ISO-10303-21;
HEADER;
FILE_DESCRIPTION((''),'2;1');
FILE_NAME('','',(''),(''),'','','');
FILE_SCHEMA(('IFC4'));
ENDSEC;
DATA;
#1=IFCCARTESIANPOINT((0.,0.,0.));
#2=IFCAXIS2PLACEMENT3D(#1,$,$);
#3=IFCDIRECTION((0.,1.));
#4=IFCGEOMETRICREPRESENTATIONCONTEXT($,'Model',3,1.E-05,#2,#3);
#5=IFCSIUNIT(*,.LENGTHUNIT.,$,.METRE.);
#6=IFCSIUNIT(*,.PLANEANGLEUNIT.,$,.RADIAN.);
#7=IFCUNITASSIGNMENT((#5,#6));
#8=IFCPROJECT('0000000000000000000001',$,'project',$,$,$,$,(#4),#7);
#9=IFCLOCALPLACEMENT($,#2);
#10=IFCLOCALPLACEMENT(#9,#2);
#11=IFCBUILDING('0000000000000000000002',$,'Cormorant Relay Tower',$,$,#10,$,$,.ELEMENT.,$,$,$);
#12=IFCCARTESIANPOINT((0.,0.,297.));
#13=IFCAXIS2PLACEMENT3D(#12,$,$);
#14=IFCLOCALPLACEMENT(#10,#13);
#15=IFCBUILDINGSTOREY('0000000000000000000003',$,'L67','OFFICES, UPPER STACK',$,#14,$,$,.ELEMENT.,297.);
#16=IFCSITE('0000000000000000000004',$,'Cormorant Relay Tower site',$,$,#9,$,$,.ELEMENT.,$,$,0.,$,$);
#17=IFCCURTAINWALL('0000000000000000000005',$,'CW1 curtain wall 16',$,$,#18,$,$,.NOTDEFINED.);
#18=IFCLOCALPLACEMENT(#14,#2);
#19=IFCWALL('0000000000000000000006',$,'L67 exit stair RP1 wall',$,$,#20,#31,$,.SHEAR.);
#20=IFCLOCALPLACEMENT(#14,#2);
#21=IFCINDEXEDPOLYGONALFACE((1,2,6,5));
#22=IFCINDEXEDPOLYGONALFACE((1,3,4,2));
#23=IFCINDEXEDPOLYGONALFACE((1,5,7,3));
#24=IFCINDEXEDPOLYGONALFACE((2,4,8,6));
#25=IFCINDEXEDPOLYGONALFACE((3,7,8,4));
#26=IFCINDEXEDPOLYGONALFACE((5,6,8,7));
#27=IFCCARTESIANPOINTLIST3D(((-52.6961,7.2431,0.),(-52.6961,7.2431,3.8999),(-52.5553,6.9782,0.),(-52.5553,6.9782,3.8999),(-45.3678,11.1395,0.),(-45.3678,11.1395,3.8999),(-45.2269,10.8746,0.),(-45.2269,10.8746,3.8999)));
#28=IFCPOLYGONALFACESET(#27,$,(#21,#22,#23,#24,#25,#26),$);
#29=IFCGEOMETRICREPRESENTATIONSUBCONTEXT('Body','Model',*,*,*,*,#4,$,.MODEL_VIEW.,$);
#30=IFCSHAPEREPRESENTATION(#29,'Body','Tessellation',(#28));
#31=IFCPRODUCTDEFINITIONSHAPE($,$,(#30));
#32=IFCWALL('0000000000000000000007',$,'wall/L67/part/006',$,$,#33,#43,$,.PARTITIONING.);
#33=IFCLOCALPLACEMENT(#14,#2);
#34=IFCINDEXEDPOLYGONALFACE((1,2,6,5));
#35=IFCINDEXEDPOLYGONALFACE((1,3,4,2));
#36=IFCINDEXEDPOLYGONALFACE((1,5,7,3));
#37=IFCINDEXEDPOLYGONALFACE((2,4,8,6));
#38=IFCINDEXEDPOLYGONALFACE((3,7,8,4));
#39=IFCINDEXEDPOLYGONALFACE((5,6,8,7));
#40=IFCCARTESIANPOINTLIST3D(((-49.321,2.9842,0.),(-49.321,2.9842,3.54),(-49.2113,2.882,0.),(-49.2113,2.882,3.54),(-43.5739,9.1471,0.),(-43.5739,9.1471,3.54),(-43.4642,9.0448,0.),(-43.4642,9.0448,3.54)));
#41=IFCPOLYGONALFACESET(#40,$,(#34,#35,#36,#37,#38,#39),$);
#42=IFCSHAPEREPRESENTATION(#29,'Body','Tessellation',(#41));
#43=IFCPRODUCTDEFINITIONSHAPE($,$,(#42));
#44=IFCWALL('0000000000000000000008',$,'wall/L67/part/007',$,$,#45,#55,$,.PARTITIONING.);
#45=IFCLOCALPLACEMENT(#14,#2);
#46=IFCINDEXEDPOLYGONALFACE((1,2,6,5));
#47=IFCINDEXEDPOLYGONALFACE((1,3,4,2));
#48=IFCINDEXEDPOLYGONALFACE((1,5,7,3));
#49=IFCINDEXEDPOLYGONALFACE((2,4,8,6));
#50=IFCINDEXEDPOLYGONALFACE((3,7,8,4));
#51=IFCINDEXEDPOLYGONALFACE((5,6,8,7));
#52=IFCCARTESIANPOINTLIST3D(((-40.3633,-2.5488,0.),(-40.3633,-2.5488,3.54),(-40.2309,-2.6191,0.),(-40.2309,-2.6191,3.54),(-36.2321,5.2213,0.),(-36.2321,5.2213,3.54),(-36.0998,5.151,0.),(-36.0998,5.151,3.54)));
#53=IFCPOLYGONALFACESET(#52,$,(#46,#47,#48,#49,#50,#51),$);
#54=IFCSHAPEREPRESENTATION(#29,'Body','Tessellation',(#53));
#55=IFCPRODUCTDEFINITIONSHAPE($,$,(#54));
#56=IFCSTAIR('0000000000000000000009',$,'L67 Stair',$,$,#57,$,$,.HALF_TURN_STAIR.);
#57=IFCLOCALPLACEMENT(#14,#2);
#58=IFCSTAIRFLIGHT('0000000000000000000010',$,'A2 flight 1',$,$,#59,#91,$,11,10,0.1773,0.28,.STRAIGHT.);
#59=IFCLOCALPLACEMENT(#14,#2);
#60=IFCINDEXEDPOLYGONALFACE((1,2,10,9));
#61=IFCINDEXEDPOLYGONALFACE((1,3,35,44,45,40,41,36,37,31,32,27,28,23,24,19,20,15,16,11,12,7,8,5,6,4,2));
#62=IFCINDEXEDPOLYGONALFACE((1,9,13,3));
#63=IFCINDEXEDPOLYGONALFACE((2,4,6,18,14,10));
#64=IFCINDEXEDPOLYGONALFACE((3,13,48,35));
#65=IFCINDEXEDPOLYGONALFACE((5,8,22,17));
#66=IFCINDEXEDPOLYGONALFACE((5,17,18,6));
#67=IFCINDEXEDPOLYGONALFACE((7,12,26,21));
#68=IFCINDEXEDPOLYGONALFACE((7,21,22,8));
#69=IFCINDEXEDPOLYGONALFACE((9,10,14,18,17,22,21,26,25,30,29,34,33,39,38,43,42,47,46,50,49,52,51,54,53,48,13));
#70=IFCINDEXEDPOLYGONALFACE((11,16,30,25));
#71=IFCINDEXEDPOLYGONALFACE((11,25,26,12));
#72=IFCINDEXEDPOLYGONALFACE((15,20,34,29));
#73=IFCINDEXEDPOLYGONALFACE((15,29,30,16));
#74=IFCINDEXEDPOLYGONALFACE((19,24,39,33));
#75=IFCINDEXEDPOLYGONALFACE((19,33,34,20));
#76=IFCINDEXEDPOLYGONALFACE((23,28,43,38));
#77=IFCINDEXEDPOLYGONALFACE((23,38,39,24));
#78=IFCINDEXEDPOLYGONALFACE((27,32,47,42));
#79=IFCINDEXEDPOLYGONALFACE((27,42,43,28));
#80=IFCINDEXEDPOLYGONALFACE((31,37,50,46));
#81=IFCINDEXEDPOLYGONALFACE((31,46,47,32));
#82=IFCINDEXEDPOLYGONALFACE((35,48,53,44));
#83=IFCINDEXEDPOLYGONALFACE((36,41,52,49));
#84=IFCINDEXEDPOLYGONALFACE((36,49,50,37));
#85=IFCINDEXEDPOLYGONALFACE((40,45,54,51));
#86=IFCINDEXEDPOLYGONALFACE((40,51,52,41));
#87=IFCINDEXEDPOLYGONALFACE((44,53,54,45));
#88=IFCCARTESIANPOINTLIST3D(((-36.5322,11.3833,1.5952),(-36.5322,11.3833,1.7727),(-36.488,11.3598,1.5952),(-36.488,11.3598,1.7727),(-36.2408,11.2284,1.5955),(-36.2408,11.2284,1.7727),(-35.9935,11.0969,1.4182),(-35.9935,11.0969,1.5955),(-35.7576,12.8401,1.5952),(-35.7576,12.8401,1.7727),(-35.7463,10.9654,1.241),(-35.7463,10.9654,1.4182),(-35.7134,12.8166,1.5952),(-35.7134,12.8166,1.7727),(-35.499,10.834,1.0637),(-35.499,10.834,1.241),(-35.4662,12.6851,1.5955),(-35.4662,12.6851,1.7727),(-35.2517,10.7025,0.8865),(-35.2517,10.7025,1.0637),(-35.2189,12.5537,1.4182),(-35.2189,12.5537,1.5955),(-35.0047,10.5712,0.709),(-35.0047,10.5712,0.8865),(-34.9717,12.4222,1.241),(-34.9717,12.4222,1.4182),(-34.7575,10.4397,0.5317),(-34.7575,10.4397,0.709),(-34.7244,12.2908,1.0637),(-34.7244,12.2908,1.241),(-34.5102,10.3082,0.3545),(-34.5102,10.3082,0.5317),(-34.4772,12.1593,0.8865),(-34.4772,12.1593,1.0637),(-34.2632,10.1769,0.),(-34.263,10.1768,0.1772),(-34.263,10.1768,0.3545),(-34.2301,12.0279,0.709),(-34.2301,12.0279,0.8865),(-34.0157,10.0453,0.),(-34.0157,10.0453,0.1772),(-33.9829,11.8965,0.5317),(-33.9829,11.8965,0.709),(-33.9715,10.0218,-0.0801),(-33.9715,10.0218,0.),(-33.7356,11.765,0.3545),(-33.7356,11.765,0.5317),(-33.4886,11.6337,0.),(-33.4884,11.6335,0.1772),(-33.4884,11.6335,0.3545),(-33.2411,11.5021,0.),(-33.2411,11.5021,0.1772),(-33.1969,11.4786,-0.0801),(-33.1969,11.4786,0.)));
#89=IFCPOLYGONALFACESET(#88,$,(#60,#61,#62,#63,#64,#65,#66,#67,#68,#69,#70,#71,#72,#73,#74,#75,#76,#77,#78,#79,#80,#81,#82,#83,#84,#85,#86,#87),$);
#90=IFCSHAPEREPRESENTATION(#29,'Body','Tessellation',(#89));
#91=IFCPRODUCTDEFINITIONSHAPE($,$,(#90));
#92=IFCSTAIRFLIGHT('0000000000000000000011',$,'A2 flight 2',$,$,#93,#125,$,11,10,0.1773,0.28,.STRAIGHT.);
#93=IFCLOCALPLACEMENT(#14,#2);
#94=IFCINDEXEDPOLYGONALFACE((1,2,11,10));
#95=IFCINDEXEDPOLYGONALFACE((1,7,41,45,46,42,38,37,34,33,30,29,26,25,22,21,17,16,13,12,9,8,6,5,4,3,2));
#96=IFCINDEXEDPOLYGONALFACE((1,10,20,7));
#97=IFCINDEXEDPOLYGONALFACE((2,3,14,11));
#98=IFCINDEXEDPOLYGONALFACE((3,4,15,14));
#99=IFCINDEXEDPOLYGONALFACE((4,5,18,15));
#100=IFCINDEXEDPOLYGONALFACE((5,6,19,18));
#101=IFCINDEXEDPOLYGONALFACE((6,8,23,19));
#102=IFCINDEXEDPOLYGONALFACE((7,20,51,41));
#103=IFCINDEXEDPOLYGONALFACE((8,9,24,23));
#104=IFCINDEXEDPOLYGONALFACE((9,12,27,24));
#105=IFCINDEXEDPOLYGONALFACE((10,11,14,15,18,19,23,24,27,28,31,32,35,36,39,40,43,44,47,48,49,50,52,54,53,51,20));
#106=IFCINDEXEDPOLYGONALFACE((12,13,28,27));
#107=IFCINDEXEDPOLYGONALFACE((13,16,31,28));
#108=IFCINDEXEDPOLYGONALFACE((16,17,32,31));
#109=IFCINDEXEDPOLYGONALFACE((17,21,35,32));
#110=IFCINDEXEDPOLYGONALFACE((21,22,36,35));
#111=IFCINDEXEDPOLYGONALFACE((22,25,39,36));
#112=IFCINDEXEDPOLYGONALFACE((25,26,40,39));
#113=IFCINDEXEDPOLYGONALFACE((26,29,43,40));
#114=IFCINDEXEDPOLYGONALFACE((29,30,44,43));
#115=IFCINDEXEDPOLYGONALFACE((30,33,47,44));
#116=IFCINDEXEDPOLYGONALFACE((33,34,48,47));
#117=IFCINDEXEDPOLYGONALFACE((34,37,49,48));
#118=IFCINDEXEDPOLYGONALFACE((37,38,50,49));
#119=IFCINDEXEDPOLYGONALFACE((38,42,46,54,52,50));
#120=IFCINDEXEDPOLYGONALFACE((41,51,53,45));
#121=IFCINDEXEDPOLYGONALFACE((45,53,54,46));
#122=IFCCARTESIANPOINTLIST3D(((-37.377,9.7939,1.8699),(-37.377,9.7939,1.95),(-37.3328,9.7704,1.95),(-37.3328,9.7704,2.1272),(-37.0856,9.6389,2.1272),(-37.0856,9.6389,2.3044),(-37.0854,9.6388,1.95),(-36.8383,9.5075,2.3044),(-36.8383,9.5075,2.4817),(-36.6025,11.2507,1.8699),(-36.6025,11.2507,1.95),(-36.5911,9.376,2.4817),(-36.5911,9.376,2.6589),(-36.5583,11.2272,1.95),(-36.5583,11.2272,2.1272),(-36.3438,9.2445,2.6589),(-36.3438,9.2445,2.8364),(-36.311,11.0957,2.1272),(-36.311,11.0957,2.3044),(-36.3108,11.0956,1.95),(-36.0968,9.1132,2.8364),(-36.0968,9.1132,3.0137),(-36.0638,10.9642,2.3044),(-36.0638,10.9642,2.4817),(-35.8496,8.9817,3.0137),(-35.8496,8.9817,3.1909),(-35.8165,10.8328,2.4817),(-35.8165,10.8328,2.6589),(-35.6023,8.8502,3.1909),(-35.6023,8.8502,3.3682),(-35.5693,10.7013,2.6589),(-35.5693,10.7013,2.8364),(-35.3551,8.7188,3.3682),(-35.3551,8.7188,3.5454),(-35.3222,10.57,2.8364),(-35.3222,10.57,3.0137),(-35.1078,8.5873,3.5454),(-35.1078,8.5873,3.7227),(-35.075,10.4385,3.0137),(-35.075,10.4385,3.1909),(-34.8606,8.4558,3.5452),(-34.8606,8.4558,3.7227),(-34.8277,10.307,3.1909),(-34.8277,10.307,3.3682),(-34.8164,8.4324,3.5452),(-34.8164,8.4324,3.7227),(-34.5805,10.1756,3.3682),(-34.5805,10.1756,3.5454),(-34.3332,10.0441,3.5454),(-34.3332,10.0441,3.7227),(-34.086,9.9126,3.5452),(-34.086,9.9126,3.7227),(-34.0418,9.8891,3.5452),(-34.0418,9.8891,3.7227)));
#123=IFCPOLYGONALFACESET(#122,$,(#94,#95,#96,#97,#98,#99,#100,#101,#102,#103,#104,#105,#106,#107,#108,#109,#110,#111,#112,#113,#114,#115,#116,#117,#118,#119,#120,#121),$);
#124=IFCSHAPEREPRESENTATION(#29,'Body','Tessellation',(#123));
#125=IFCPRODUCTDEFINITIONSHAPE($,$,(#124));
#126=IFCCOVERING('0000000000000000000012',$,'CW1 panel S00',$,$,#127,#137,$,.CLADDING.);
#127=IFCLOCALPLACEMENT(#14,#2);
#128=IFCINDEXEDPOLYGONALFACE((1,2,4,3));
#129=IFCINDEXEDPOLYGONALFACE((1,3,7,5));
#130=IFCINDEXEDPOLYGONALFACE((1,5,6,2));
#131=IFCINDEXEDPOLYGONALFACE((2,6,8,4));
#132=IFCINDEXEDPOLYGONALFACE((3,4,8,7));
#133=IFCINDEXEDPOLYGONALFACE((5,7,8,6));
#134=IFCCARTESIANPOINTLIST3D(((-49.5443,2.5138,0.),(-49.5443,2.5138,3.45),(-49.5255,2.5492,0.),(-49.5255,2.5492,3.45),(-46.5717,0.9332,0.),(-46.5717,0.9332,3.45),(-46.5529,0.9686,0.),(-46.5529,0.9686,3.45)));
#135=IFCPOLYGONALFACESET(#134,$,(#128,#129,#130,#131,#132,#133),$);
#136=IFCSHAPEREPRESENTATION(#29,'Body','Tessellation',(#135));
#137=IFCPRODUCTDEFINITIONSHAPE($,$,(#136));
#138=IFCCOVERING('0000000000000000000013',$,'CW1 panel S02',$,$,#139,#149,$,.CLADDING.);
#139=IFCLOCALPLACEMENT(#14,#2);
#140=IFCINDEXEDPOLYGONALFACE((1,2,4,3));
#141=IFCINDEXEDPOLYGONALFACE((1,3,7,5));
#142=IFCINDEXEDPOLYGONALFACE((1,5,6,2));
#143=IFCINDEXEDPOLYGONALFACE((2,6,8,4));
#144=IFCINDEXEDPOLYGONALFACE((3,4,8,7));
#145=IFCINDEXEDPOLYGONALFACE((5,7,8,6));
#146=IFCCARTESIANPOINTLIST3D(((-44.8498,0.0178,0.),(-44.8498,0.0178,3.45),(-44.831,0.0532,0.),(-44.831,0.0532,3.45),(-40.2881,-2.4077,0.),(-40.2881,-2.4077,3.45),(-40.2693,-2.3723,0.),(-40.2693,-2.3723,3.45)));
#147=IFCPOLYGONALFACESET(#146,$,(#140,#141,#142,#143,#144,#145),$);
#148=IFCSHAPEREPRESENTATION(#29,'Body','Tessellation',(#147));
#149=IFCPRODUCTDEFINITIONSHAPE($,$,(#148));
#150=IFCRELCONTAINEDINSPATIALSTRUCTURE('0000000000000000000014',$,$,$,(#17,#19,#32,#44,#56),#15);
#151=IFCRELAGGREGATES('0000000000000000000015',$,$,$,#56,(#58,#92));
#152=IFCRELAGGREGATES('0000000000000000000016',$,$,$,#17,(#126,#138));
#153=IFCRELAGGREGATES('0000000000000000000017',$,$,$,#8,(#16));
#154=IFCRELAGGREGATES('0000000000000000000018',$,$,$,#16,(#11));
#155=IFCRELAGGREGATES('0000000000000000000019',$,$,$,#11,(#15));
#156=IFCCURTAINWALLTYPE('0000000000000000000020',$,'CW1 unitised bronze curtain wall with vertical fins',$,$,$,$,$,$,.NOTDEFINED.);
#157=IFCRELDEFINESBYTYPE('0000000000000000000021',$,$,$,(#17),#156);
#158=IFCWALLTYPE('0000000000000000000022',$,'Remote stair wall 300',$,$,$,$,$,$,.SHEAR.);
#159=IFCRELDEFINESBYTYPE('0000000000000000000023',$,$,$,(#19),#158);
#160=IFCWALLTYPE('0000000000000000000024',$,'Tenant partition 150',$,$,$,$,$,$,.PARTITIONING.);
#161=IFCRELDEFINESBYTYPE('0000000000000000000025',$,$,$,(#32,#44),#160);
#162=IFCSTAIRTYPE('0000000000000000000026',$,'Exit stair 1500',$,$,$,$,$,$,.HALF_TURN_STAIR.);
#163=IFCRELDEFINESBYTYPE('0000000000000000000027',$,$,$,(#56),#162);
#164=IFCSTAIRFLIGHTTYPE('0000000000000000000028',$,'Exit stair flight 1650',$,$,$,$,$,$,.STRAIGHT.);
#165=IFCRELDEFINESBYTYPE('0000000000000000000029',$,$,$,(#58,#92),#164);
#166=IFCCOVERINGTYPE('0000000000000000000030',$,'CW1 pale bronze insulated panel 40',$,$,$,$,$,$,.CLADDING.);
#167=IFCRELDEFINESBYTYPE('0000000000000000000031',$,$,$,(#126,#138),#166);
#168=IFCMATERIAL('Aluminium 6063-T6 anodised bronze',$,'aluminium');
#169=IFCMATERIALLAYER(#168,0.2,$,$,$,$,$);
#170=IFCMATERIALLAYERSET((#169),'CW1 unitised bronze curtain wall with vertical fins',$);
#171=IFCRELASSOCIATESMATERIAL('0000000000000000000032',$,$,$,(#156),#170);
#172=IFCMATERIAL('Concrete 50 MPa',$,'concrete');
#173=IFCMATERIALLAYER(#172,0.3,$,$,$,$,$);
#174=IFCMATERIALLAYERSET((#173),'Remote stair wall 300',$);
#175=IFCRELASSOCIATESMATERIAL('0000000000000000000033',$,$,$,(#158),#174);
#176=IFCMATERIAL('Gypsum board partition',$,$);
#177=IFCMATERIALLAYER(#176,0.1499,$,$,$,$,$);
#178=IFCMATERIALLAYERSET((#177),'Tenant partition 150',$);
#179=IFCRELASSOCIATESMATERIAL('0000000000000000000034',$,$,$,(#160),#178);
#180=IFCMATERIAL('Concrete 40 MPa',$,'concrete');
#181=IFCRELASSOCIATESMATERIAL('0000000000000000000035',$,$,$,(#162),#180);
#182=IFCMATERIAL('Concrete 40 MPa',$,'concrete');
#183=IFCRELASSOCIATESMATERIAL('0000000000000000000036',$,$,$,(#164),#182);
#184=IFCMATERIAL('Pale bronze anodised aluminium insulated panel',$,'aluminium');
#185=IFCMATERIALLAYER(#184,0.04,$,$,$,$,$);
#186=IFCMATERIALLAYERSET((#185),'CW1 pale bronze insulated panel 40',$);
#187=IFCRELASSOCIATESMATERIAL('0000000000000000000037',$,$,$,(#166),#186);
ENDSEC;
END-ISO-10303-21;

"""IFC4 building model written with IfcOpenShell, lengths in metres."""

from ifc_helpers import new_model, si_unit, direction, frame, frame_2d, origin, origin_2d, place, context, subcontext, project, spatial, polyline, rectangle, outline, extrude, material, layer, layer_set, type_object, element, aggregate, save


model = new_model("IFC4")

# Units and contexts
model_context = context("Model", 3, precision=1e-05, world=origin(), true_north=direction((0.0, 1.0)))
body_context = subcontext(model_context, "Body", "Model", "MODEL_VIEW")
ifc_project = project(units=[si_unit("LENGTHUNIT", "METRE"), si_unit("PLANEANGLEUNIT", "RADIAN")], contexts=[model_context])

# Site, building, storey
site_placement = place(None, origin())
site = spatial("IfcSite", under=ifc_project, at=site_placement, Name="Cormorant Relay Tower site", CompositionType="ELEMENT", RefElevation=0.0)
building_placement = place(site_placement, origin())
building = spatial("IfcBuilding", under=site, at=building_placement, Name="Cormorant Relay Tower", CompositionType="ELEMENT")
storey_placement = place(building_placement, frame((0.0, 0.0, 297.0)))
storey = spatial("IfcBuildingStorey", under=building, at=storey_placement, Name="L67", Description="OFFICES, UPPER STACK", CompositionType="ELEMENT", Elevation=297.0)

# Curtain wall
ifc_material_1 = material(Name="Aluminium 6063-T6 anodised bronze", Category="aluminium")
ifc_layer_1 = layer(ifc_material_1, 0.2)
ifc_layer_set_1 = layer_set([ifc_layer_1], Name="CW1 unitised bronze curtain wall with vertical fins")
curtain_wall_type = type_object("IfcCurtainWallType", Name="CW1 unitised bronze curtain wall with vertical fins", PredefinedType="NOTDEFINED", material=ifc_layer_set_1)
curtain_wall_placement = place(storey_placement, origin())
curtain_wall = element("IfcCurtainWall", 1, at=curtain_wall_placement, inside=storey, type_object=curtain_wall_type, Name="CW1 curtain wall 16", PredefinedType="NOTDEFINED")

# Walls
ifc_material_2 = material(Name="Concrete 50 MPa", Category="concrete")
ifc_layer_2 = layer(ifc_material_2, 0.3)
ifc_layer_set_2 = layer_set([ifc_layer_2], Name="Remote stair wall 300")
wall_type_1 = type_object("IfcWallType", Name="Remote stair wall 300", PredefinedType="SHEAR", material=ifc_layer_set_2)
wall_1_placement = place(storey_placement, frame((-45.2974, 11.0071, 0.0), z_axis=(0.0, 0.0, 1.0), x_axis=(-0.882952, -0.469464, 0.0)))
element("IfcWall", 2, at=wall_1_placement, inside=storey, type_object=wall_type_1, Name="L67 exit stair RP1 wall", PredefinedType="SHEAR", context=body_context, shape_type="SweptSolid", body=[
    extrude(rectangle(XDim=8.2998, YDim=0.3, at=frame_2d((4.1499, 0.0))), origin(), (0.0, 0.0, 1.0), 3.8999),
])
ifc_material_3 = material(Name="Gypsum board partition")
ifc_layer_3 = layer(ifc_material_3, 0.1499)
ifc_layer_set_3 = layer_set([ifc_layer_3], Name="Tenant partition 150")
wall_type_2 = type_object("IfcWallType", Name="Tenant partition 150", PredefinedType="PARTITIONING", material=ifc_layer_set_3)
wall_2_placement = place(storey_placement, frame((-43.519, 9.0959, 0.0), z_axis=(0.0, 0.0, 1.0), x_axis=(-0.682006, -0.731346, 0.0)))
element("IfcWall", 3, at=wall_2_placement, inside=storey, type_object=wall_type_2, Name="wall/L67/part/006", PredefinedType="PARTITIONING", context=body_context, shape_type="SweptSolid", body=[
    extrude(rectangle(XDim=8.4268, YDim=0.1499, at=frame_2d((4.2134, 0.0))), origin(), (0.0, 0.0, 1.0), 3.54),
])
wall_3_placement = place(storey_placement, frame((-36.166, 5.186, 0.0), z_axis=(0.0, 0.0, 1.0), x_axis=(-0.469446, -0.882961, 0.0)))
element("IfcWall", 4, at=wall_3_placement, inside=storey, type_object=wall_type_2, Name="wall/L67/part/007", PredefinedType="PARTITIONING", context=body_context, shape_type="SweptSolid", body=[
    extrude(rectangle(XDim=8.8, YDim=0.1499, at=frame_2d((4.3999, 0.0))), origin(), (0.0, 0.0, 1.0), 3.54),
])

# Stair, stair flights
ifc_material_4 = material(Name="Concrete 40 MPa", Category="concrete")
stair_type = type_object("IfcStairType", Name="Exit stair 1500", PredefinedType="HALF_TURN_STAIR", material=ifc_material_4)
stair_placement = place(storey_placement, origin())
stair = element("IfcStair", 5, at=stair_placement, inside=storey, type_object=stair_type, Name="L67 Stair", PredefinedType="HALF_TURN_STAIR")
ifc_material_5 = material(Name="Concrete 40 MPa", Category="concrete")
stair_flight_type = type_object("IfcStairFlightType", Name="Exit stair flight 1650", PredefinedType="STRAIGHT", material=ifc_material_5)
stair_flight_1_placement = place(storey_placement, frame((-33.6284, 10.7737, 0.0), z_axis=(0.0, 0.0, 1.0), x_axis=(-0.882948, 0.469472, 0.0)))
stair_flight_1 = element("IfcStairFlight", 6, at=stair_flight_1_placement, type_object=stair_flight_type, Name="A2 flight 1", NumberOfRisers=11, NumberOfTreads=10, PredefinedType="STRAIGHT", RiserHeight=0.1773, TreadLength=0.28, context=body_context, shape_type="SweptSolid", body=[
    extrude(outline(polyline([(-0.05, -0.0801), (-0.05, 0.0), (0.0, 0.0), (0.0, 0.1772), (0.28, 0.1772), (0.28, 0.3545), (0.5601, 0.3545), (0.5601, 0.5317), (0.8401, 0.5317), (0.8401, 0.709), (1.1201, 0.709), (1.1201, 0.8865), (1.3999, 0.8865), (1.3999, 1.0637), (1.6799, 1.0637), (1.6799, 1.241), (1.96, 1.241), (1.96, 1.4182), (2.24, 1.4182), (2.24, 1.5955), (2.52, 1.5955), (2.52, 1.7727), (2.8, 1.7727), (2.8501, 1.7727), (2.8501, 1.5952), (2.8, 1.5952), (0.2803, 0.0), (-0.05, -0.0801)])), frame((0.0, 0.825, 0.0), z_axis=(0.0, -1.0, 0.0), x_axis=(1.0, 0.0, 0.0)), (0.0, 0.0, 1.0), 1.6499),
])
stair_flight_2_placement = place(storey_placement, frame((-36.9456, 10.4988, 1.95), z_axis=(0.0, 0.0, 1.0), x_axis=(0.882948, -0.469472, 0.0)))
stair_flight_2 = element("IfcStairFlight", 7, at=stair_flight_2_placement, type_object=stair_flight_type, Name="A2 flight 2", NumberOfRisers=11, NumberOfTreads=10, PredefinedType="STRAIGHT", RiserHeight=0.1773, TreadLength=0.28, context=body_context, shape_type="SweptSolid", body=[
    extrude(outline(polyline([(-0.05, -0.0801), (-0.05, 0.0), (0.0, 0.0), (0.0, 0.1772), (0.28, 0.1772), (0.28, 0.3545), (0.5601, 0.3545), (0.5601, 0.5317), (0.8401, 0.5317), (0.8401, 0.709), (1.1201, 0.709), (1.1201, 0.8865), (1.3999, 0.8865), (1.3999, 1.0637), (1.6799, 1.0637), (1.6799, 1.241), (1.96, 1.241), (1.96, 1.4182), (2.24, 1.4182), (2.24, 1.5955), (2.52, 1.5955), (2.52, 1.7727), (2.8, 1.7727), (2.8501, 1.7727), (2.8501, 1.5952), (2.8, 1.5952), (0.2803, 0.0), (-0.05, -0.0801)])), frame((0.0, 0.825, 0.0), z_axis=(0.0, -1.0, 0.0), x_axis=(1.0, 0.0, 0.0)), (0.0, 0.0, 1.0), 1.6499),
])
aggregate(stair, [stair_flight_1, stair_flight_2])

# Coverings
ifc_material_6 = material(Name="Pale bronze anodised aluminium insulated panel", Category="aluminium")
ifc_layer_4 = layer(ifc_material_6, 0.04)
ifc_layer_set_4 = layer_set([ifc_layer_4], Name="CW1 pale bronze insulated panel 40")
covering_type = type_object("IfcCoveringType", Name="CW1 pale bronze insulated panel 40", PredefinedType="CLADDING", material=ifc_layer_set_4)
covering_1_placement = place(storey_placement, frame((-48.0486, 1.7412, 0.0), z_axis=(0.0, 0.0, 1.0), x_axis=(0.882948, -0.469472, 0.0)))
covering_1 = element("IfcCovering", 8, at=covering_1_placement, type_object=covering_type, Name="CW1 panel S00", PredefinedType="CLADDING", context=body_context, shape_type="SweptSolid", body=[
    extrude(rectangle(XDim=3.3667, YDim=0.04, at=origin_2d()), origin(), (0.0, 0.0, 1.0), 3.45),
])
covering_2_placement = place(storey_placement, frame((-42.5596, -1.1772, 0.0), z_axis=(0.0, 0.0, 1.0), x_axis=(0.882948, -0.469472, 0.0)))
covering_2 = element("IfcCovering", 9, at=covering_2_placement, type_object=covering_type, Name="CW1 panel S02", PredefinedType="CLADDING", context=body_context, shape_type="SweptSolid", body=[
    extrude(rectangle(XDim=5.1665, YDim=0.04, at=origin_2d()), origin(), (0.0, 0.0, 1.0), 3.45),
])
aggregate(curtain_wall, [covering_1, covering_2])

save(model, "model.ifc")
